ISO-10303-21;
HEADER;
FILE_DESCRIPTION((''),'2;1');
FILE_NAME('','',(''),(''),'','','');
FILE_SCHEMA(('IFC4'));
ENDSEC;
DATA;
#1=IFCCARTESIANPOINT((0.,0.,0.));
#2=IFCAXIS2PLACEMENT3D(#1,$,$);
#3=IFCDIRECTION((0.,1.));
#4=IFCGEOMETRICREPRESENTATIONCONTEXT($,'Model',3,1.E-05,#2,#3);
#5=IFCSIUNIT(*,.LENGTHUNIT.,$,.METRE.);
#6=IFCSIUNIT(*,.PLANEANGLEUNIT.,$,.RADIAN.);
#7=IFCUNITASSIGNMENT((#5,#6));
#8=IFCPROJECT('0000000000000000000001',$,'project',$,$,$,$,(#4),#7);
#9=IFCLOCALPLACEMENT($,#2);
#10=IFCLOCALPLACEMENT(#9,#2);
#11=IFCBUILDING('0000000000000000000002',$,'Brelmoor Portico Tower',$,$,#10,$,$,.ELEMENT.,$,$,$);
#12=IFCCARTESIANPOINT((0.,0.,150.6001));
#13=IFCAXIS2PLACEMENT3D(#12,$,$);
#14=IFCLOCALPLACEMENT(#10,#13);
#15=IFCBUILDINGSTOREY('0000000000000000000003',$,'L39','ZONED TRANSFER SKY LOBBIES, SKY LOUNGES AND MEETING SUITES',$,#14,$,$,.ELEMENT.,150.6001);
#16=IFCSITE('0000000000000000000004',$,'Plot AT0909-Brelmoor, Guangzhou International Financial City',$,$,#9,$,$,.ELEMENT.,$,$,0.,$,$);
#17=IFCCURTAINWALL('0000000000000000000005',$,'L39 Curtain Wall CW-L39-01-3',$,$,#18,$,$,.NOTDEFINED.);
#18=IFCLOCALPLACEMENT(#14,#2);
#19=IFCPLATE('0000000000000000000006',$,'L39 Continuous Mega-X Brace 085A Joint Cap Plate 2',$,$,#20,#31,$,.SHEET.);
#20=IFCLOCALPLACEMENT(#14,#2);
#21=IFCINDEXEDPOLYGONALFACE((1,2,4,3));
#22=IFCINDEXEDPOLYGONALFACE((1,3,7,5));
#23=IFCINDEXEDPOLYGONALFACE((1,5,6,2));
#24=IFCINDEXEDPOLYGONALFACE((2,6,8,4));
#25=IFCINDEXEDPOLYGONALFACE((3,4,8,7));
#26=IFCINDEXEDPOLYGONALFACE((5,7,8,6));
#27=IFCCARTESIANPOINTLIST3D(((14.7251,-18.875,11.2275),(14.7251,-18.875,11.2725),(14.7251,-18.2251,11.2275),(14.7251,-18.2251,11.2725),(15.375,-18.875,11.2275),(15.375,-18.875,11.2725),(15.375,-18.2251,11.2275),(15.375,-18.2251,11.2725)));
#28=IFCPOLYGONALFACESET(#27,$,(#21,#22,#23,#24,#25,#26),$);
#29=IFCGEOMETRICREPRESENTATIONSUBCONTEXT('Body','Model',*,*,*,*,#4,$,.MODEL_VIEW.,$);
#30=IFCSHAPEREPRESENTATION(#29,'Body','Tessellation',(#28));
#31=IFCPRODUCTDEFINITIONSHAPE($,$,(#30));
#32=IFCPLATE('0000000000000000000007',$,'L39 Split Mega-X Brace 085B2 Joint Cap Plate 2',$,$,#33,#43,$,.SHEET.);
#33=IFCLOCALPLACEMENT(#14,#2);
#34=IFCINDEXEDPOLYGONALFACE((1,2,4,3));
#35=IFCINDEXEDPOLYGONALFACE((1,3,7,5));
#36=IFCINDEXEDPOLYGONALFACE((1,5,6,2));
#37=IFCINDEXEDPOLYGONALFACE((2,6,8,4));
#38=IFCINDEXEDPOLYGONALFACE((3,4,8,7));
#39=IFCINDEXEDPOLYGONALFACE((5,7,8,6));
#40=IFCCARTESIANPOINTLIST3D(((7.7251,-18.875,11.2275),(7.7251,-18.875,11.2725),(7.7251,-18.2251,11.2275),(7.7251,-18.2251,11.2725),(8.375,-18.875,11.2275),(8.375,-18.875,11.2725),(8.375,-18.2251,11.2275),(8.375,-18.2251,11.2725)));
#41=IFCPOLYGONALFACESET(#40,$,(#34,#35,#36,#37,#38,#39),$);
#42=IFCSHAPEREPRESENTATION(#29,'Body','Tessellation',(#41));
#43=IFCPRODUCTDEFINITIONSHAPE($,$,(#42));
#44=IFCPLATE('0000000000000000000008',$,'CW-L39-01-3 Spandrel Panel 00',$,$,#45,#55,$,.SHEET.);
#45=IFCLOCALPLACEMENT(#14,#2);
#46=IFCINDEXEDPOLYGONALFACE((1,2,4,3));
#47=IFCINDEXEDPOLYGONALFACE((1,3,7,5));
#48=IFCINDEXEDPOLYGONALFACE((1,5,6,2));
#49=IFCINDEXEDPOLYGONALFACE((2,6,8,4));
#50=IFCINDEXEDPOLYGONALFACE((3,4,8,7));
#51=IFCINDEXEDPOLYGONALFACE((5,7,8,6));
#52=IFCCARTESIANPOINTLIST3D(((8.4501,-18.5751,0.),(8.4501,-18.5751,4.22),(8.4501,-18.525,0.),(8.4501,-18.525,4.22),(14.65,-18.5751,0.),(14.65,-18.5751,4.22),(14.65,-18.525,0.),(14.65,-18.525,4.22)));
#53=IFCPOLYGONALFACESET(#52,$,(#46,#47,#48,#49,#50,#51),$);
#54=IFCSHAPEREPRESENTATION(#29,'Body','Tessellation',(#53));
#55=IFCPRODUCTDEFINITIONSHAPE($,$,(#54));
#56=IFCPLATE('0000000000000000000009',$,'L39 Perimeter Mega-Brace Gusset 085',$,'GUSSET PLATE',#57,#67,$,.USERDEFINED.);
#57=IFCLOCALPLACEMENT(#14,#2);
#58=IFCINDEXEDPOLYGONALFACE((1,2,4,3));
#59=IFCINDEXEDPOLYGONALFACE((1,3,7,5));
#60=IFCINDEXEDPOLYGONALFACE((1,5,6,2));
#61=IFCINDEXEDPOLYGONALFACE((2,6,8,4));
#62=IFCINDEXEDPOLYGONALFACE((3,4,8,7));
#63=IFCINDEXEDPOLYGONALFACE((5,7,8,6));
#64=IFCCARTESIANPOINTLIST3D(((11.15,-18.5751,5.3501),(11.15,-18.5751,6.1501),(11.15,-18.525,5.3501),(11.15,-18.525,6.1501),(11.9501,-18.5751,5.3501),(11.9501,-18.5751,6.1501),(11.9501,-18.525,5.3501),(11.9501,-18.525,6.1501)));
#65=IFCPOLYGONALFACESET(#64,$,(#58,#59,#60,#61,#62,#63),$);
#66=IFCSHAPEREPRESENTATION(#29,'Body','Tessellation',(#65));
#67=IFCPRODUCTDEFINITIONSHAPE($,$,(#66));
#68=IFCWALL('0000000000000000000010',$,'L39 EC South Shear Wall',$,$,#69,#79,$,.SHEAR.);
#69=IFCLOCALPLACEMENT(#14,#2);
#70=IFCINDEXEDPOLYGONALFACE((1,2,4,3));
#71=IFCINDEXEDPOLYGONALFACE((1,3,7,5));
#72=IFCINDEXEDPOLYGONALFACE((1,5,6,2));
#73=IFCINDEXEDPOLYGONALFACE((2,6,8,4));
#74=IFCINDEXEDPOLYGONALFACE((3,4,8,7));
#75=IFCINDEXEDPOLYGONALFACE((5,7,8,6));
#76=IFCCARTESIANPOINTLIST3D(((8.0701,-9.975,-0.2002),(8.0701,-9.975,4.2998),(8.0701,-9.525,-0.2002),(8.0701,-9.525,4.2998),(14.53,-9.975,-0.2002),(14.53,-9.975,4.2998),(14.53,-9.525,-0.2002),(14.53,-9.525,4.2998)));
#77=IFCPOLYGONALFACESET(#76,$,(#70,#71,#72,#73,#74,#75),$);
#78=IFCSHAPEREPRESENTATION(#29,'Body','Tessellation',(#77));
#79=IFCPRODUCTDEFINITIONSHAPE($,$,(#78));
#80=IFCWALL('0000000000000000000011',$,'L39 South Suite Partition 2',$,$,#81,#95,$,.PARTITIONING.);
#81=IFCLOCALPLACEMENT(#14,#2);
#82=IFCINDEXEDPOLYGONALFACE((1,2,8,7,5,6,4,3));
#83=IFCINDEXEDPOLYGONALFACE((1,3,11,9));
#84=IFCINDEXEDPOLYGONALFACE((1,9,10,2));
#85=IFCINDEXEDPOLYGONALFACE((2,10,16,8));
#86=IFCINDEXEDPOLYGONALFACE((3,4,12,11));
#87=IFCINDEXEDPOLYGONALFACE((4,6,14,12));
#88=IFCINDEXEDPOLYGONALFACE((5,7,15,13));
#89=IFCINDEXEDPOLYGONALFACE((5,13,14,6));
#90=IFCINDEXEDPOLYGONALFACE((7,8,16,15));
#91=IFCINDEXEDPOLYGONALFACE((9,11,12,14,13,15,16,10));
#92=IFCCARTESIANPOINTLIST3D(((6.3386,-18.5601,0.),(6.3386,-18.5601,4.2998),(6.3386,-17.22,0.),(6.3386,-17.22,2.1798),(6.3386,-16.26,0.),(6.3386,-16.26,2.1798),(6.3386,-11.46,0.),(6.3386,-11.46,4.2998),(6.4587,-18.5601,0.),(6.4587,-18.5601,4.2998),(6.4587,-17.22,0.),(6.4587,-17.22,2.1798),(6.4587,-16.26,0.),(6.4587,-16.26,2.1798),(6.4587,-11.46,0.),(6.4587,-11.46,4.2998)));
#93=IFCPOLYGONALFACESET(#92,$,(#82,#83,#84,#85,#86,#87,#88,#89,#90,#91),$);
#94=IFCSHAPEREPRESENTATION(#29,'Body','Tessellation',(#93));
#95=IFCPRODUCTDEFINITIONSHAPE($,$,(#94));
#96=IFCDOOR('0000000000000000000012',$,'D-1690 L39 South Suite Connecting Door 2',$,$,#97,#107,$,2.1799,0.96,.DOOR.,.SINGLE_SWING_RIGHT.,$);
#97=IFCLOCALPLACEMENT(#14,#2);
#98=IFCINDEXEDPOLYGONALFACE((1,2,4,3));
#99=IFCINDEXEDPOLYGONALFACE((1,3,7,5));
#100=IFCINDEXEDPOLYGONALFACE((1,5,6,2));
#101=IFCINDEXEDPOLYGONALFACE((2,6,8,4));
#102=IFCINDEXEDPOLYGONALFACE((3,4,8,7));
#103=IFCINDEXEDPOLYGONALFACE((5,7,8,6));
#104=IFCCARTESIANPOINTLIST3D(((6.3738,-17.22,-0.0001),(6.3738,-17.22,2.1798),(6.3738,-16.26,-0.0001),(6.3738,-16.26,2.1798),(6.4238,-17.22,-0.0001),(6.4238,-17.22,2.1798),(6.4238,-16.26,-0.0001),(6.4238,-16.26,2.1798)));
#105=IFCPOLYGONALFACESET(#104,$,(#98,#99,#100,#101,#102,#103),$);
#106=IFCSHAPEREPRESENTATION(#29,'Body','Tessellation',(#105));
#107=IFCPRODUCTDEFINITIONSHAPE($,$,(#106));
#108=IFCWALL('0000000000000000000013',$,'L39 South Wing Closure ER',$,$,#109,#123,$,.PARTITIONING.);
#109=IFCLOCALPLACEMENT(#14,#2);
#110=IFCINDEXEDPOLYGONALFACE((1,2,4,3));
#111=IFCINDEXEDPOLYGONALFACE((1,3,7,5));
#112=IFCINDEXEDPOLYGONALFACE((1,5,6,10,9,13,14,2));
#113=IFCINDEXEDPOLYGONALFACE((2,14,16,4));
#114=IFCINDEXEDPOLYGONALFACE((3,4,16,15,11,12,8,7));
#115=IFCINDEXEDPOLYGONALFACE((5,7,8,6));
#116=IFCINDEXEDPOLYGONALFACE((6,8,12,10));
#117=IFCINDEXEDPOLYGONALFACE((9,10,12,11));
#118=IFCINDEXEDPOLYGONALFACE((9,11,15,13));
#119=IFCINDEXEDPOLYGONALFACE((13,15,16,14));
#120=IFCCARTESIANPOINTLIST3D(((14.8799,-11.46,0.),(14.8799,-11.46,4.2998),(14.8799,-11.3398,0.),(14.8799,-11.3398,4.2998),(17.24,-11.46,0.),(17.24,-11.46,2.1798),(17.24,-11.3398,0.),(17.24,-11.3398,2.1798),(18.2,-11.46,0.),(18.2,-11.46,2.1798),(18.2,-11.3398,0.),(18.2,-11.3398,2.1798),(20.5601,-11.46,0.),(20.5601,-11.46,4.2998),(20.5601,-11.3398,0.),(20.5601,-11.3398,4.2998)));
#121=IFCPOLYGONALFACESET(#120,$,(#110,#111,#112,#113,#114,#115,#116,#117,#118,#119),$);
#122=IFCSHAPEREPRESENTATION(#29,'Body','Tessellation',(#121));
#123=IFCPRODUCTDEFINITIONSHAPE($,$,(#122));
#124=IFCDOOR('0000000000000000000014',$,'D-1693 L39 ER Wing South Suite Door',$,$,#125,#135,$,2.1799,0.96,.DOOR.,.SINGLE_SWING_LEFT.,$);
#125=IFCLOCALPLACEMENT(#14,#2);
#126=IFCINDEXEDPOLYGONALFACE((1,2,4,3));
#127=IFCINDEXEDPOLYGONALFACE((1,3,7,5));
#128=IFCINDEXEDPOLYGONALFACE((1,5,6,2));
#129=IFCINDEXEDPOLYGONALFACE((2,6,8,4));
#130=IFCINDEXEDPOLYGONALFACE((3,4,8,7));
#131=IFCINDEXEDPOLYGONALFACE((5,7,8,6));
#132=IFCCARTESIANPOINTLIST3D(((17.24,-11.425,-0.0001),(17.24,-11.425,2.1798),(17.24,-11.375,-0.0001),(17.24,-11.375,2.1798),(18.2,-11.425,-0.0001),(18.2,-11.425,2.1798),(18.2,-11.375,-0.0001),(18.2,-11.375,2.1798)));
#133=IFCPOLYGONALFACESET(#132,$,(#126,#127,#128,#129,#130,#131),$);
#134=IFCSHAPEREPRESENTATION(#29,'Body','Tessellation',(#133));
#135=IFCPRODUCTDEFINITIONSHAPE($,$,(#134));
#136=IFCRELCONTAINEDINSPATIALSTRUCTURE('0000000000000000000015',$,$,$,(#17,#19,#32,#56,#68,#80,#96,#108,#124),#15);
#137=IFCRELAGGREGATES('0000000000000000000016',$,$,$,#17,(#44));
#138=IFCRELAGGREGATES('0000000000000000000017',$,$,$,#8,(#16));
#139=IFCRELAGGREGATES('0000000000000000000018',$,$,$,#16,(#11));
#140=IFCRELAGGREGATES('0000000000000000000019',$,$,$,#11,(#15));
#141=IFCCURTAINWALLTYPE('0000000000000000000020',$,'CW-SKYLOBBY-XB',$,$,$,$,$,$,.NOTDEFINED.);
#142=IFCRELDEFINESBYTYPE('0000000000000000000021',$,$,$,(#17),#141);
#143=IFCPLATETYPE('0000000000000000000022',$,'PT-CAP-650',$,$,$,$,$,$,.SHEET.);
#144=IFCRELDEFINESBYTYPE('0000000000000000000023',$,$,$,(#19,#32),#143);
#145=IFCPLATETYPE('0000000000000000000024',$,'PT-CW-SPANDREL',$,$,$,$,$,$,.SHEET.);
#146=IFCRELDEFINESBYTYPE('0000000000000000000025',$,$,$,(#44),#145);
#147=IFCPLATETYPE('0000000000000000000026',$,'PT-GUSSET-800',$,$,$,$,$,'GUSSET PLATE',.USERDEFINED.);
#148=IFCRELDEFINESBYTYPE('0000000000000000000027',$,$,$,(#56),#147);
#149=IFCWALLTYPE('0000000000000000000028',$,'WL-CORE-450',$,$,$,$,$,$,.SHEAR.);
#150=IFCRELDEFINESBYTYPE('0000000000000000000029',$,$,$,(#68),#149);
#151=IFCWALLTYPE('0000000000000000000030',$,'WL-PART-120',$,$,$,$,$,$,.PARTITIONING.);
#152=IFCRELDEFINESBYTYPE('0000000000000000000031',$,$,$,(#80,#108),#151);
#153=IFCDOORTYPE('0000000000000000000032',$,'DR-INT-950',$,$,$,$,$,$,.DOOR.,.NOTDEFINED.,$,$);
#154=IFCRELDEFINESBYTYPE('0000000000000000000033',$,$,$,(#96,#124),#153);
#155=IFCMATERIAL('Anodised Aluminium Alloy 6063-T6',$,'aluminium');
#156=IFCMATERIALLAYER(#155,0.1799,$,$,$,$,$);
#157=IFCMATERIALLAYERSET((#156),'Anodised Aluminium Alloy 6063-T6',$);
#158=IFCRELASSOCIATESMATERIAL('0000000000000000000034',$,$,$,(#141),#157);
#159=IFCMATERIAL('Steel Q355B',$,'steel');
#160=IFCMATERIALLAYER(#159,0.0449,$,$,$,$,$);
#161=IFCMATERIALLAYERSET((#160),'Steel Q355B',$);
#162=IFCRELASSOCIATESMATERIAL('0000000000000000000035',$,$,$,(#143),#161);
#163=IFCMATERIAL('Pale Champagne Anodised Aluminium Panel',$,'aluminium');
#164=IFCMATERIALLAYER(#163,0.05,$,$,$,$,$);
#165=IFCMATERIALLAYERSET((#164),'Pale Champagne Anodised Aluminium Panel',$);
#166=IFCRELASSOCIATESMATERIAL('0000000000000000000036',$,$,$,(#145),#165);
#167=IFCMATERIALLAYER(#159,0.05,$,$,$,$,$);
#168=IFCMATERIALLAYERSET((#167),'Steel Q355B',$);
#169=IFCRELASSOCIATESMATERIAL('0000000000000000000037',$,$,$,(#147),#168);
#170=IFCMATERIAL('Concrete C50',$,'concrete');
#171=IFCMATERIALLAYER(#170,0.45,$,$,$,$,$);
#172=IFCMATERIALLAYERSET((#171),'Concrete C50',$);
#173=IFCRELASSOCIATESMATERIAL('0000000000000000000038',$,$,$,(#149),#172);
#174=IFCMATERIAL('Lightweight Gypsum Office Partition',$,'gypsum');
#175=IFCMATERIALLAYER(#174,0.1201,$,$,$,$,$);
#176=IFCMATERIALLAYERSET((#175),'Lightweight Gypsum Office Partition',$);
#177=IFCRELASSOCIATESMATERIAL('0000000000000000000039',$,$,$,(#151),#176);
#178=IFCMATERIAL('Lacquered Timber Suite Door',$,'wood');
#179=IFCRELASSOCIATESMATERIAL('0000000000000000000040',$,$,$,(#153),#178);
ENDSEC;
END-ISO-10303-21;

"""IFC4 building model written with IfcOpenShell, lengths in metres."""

from ifc_helpers import new_model, si_unit, direction, frame, frame_2d, origin, origin_2d, place, context, subcontext, project, spatial, rectangle, extrude, material, layer, layer_set, type_object, element, fill, aggregate, save


model = new_model("IFC4")

# Units and contexts
model_context = context("Model", 3, precision=1e-05, world=origin(), true_north=direction((0.0, 1.0)))
body_context = subcontext(model_context, "Body", "Model", "MODEL_VIEW")
ifc_project = project(units=[si_unit("LENGTHUNIT", "METRE"), si_unit("PLANEANGLEUNIT", "RADIAN")], contexts=[model_context])

# Site, building, storey
site_placement = place(None, origin())
site = spatial("IfcSite", under=ifc_project, at=site_placement, Name="Plot AT0909-Brelmoor, Guangzhou International Financial City", CompositionType="ELEMENT", RefElevation=0.0)
building_placement = place(site_placement, origin())
building = spatial("IfcBuilding", under=site, at=building_placement, Name="Brelmoor Portico Tower", CompositionType="ELEMENT")
storey_placement = place(building_placement, frame((0.0, 0.0, 150.6001)))
storey = spatial("IfcBuildingStorey", under=building, at=storey_placement, Name="L39", Description="ZONED TRANSFER SKY LOBBIES, SKY LOUNGES AND MEETING SUITES", CompositionType="ELEMENT", Elevation=150.6001)

# Shared definitions
ifc_material_1 = material(Name="Steel Q355B", Category="steel")

# Shared definitions
ifc_material_2 = material(Name="Anodised Aluminium Alloy 6063-T6", Category="aluminium")

# Curtain wall
ifc_layer_1 = layer(ifc_material_2, 0.1799)
ifc_layer_set_1 = layer_set([ifc_layer_1], Name="Anodised Aluminium Alloy 6063-T6")
curtain_wall_type_1 = type_object("IfcCurtainWallType", Name="CW-SKYLOBBY-XB", PredefinedType="NOTDEFINED", material=ifc_layer_set_1)
curtain_wall_1_placement = place(storey_placement, origin())
curtain_wall_1 = element("IfcCurtainWall", 1, at=curtain_wall_1_placement, inside=storey, type_object=curtain_wall_type_1, Name="L39 Curtain Wall CW-L39-01-3", PredefinedType="NOTDEFINED")

# Plates
ifc_layer_2 = layer(ifc_material_1, 0.0449)
ifc_layer_set_2 = layer_set([ifc_layer_2], Name="Steel Q355B")
plate_type_1 = type_object("IfcPlateType", Name="PT-CAP-650", PredefinedType="SHEET", material=ifc_layer_set_2)
for number, where, z_axis, x_axis, name in (
    (2, (15.05, -18.55, 11.2275), (0.0, 0.0, 1.0), (1.0, 0.0, 0.0), "L39 Continuous Mega-X Brace 085A Joint Cap Plate 2"),
    (3, (8.05, -18.55, 11.2275), (0.0, 0.0, 1.0), (1.0, 0.0, 0.0), "L39 Split Mega-X Brace 085B2 Joint Cap Plate 2"),
):
    element("IfcPlate", number, at=place(storey_placement, frame(where, z_axis=z_axis, x_axis=x_axis)), inside=storey, type_object=plate_type_1, Name=name, PredefinedType="SHEET", context=body_context, shape_type="SweptSolid", body=[
        extrude(rectangle(XDim=0.6499, YDim=0.6499, at=origin_2d()), origin(), (0.0, 0.0, 1.0), 0.0449),
    ])

# Plates
ifc_material_3 = material(Name="Pale Champagne Anodised Aluminium Panel", Category="aluminium")
ifc_layer_3 = layer(ifc_material_3, 0.05)
ifc_layer_set_3 = layer_set([ifc_layer_3], Name="Pale Champagne Anodised Aluminium Panel")
plate_type_2 = type_object("IfcPlateType", Name="PT-CW-SPANDREL", PredefinedType="SHEET", material=ifc_layer_set_3)
plate_1_placement = place(storey_placement, frame((11.55, -18.55, 0.0), z_axis=(0.0, 0.0, 1.0), x_axis=(1.0, 0.0, 0.0)))
plate_1 = element("IfcPlate", 4, at=plate_1_placement, type_object=plate_type_2, Name="CW-L39-01-3 Spandrel Panel 00", PredefinedType="SHEET", context=body_context, shape_type="SweptSolid", body=[
    extrude(rectangle(XDim=6.2, YDim=0.05, at=origin_2d()), origin(), (0.0, 0.0, 1.0), 4.22),
])
aggregate(curtain_wall_1, [plate_1])
ifc_layer_4 = layer(ifc_material_1, 0.05)
ifc_layer_set_4 = layer_set([ifc_layer_4], Name="Steel Q355B")
plate_type_3 = type_object("IfcPlateType", Name="PT-GUSSET-800", ElementType="GUSSET PLATE", PredefinedType="USERDEFINED", material=ifc_layer_set_4)
plate_2_placement = place(storey_placement, frame((11.55, -18.55, 5.3501), z_axis=(0.0, 0.0, 1.0), x_axis=(1.0, 0.0, 0.0)))
element("IfcPlate", 5, at=plate_2_placement, inside=storey, type_object=plate_type_3, Name="L39 Perimeter Mega-Brace Gusset 085", ObjectType="GUSSET PLATE", PredefinedType="USERDEFINED", context=body_context, shape_type="SweptSolid", body=[
    extrude(rectangle(XDim=0.8, YDim=0.05, at=origin_2d()), origin(), (0.0, 0.0, 1.0), 0.8),
])

# Wall
ifc_material_4 = material(Name="Concrete C50", Category="concrete")
ifc_layer_5 = layer(ifc_material_4, 0.45)
ifc_layer_set_5 = layer_set([ifc_layer_5], Name="Concrete C50")
wall_type_1 = type_object("IfcWallType", Name="WL-CORE-450", PredefinedType="SHEAR", material=ifc_layer_set_5)
wall_1_placement = place(storey_placement, frame((8.0701, -9.75, -0.2002), z_axis=(0.0, 0.0, 1.0), x_axis=(1.0, 0.0, 0.0)))
element("IfcWall", 6, at=wall_1_placement, inside=storey, type_object=wall_type_1, Name="L39 EC South Shear Wall", PredefinedType="SHEAR", context=body_context, shape_type="SweptSolid", body=[
    extrude(rectangle(XDim=6.46, YDim=0.45, at=frame_2d((3.23, 0.0))), origin(), (0.0, 0.0, 1.0), 4.5),
])

# Walls, openings, doors
ifc_material_5 = material(Name="Lightweight Gypsum Office Partition", Category="gypsum")
ifc_layer_6 = layer(ifc_material_5, 0.1201)
ifc_layer_set_6 = layer_set([ifc_layer_6], Name="Lightweight Gypsum Office Partition")
wall_type_2 = type_object("IfcWallType", Name="WL-PART-120", PredefinedType="PARTITIONING", material=ifc_layer_set_6)
wall_2_placement = place(storey_placement, frame((6.3987, -18.5601, 0.0), z_axis=(0.0, 0.0, 1.0), x_axis=(0.0, 1.0, 0.0)))
wall_2 = element("IfcWall", 7, at=wall_2_placement, inside=storey, type_object=wall_type_2, Name="L39 South Suite Partition 2", PredefinedType="PARTITIONING", context=body_context, shape_type="SweptSolid", body=[
    extrude(rectangle(XDim=7.1001, YDim=0.1201, at=frame_2d((3.55, 0.0))), origin(), (0.0, 0.0, 1.0), 4.2998),
])
opening_1_placement = place(wall_2_placement, frame((1.3401, 0.0, 0.0)))
opening_1 = element("IfcOpeningElement", 8, at=opening_1_placement, cuts=wall_2, PredefinedType="OPENING", context=body_context, shape_type="SweptSolid", body=[
    extrude(rectangle(XDim=0.96, YDim=2.1799, at=frame_2d((0.48, 1.0898))), frame((0.0, 0.0701, 0.0), z_axis=(0.0, -1.0, 0.0), x_axis=(1.0, 0.0, 0.0)), (0.0, 0.0, 1.0), 0.1401),
])
ifc_material_6 = material(Name="Lacquered Timber Suite Door", Category="wood")
door_type = type_object("IfcDoorType", Name="DR-INT-950", OperationType="NOTDEFINED", PredefinedType="DOOR", material=ifc_material_6)
door_1_placement = place(opening_1_placement, origin())
door_1 = element("IfcDoor", 9, at=door_1_placement, inside=storey, type_object=door_type, Name="D-1690 L39 South Suite Connecting Door 2", OperationType="SINGLE_SWING_RIGHT", OverallHeight=2.1799, OverallWidth=0.96, PredefinedType="DOOR", context=body_context, shape_type="SweptSolid", body=[
    extrude(rectangle(XDim=0.96, YDim=2.1799, at=frame_2d((0.48, 1.0898))), frame((0.0, 0.0249, 0.0), z_axis=(0.0, -1.0, 0.0), x_axis=(1.0, 0.0, 0.0)), (0.0, 0.0, 1.0), 0.05),
])
fill(opening_1, door_1)
wall_3_placement = place(storey_placement, frame((14.8799, -11.3999, 0.0), z_axis=(0.0, 0.0, 1.0), x_axis=(1.0, 0.0, 0.0)))
wall_3 = element("IfcWall", 10, at=wall_3_placement, inside=storey, type_object=wall_type_2, Name="L39 South Wing Closure ER", PredefinedType="PARTITIONING", context=body_context, shape_type="SweptSolid", body=[
    extrude(rectangle(XDim=5.6802, YDim=0.1201, at=frame_2d((2.8401, 0.0))), origin(), (0.0, 0.0, 1.0), 4.2998),
])
opening_2_placement = place(wall_3_placement, frame((2.3601, 0.0, 0.0)))
opening_2 = element("IfcOpeningElement", 11, at=opening_2_placement, cuts=wall_3, PredefinedType="OPENING", context=body_context, shape_type="SweptSolid", body=[
    extrude(rectangle(XDim=0.96, YDim=2.1799, at=frame_2d((0.48, 1.0898))), frame((0.0, 0.0701, 0.0), z_axis=(0.0, -1.0, 0.0), x_axis=(1.0, 0.0, 0.0)), (0.0, 0.0, 1.0), 0.1401),
])
door_2_placement = place(opening_2_placement, origin())
door_2 = element("IfcDoor", 12, at=door_2_placement, inside=storey, type_object=door_type, Name="D-1693 L39 ER Wing South Suite Door", OperationType="SINGLE_SWING_LEFT", OverallHeight=2.1799, OverallWidth=0.96, PredefinedType="DOOR", context=body_context, shape_type="SweptSolid", body=[
    extrude(rectangle(XDim=0.96, YDim=2.1799, at=frame_2d((0.48, 1.0898))), frame((0.0, 0.0249, 0.0), z_axis=(0.0, -1.0, 0.0), x_axis=(1.0, 0.0, 0.0)), (0.0, 0.0, 1.0), 0.05),
])
fill(opening_2, door_2)

save(model, "model.ifc")
